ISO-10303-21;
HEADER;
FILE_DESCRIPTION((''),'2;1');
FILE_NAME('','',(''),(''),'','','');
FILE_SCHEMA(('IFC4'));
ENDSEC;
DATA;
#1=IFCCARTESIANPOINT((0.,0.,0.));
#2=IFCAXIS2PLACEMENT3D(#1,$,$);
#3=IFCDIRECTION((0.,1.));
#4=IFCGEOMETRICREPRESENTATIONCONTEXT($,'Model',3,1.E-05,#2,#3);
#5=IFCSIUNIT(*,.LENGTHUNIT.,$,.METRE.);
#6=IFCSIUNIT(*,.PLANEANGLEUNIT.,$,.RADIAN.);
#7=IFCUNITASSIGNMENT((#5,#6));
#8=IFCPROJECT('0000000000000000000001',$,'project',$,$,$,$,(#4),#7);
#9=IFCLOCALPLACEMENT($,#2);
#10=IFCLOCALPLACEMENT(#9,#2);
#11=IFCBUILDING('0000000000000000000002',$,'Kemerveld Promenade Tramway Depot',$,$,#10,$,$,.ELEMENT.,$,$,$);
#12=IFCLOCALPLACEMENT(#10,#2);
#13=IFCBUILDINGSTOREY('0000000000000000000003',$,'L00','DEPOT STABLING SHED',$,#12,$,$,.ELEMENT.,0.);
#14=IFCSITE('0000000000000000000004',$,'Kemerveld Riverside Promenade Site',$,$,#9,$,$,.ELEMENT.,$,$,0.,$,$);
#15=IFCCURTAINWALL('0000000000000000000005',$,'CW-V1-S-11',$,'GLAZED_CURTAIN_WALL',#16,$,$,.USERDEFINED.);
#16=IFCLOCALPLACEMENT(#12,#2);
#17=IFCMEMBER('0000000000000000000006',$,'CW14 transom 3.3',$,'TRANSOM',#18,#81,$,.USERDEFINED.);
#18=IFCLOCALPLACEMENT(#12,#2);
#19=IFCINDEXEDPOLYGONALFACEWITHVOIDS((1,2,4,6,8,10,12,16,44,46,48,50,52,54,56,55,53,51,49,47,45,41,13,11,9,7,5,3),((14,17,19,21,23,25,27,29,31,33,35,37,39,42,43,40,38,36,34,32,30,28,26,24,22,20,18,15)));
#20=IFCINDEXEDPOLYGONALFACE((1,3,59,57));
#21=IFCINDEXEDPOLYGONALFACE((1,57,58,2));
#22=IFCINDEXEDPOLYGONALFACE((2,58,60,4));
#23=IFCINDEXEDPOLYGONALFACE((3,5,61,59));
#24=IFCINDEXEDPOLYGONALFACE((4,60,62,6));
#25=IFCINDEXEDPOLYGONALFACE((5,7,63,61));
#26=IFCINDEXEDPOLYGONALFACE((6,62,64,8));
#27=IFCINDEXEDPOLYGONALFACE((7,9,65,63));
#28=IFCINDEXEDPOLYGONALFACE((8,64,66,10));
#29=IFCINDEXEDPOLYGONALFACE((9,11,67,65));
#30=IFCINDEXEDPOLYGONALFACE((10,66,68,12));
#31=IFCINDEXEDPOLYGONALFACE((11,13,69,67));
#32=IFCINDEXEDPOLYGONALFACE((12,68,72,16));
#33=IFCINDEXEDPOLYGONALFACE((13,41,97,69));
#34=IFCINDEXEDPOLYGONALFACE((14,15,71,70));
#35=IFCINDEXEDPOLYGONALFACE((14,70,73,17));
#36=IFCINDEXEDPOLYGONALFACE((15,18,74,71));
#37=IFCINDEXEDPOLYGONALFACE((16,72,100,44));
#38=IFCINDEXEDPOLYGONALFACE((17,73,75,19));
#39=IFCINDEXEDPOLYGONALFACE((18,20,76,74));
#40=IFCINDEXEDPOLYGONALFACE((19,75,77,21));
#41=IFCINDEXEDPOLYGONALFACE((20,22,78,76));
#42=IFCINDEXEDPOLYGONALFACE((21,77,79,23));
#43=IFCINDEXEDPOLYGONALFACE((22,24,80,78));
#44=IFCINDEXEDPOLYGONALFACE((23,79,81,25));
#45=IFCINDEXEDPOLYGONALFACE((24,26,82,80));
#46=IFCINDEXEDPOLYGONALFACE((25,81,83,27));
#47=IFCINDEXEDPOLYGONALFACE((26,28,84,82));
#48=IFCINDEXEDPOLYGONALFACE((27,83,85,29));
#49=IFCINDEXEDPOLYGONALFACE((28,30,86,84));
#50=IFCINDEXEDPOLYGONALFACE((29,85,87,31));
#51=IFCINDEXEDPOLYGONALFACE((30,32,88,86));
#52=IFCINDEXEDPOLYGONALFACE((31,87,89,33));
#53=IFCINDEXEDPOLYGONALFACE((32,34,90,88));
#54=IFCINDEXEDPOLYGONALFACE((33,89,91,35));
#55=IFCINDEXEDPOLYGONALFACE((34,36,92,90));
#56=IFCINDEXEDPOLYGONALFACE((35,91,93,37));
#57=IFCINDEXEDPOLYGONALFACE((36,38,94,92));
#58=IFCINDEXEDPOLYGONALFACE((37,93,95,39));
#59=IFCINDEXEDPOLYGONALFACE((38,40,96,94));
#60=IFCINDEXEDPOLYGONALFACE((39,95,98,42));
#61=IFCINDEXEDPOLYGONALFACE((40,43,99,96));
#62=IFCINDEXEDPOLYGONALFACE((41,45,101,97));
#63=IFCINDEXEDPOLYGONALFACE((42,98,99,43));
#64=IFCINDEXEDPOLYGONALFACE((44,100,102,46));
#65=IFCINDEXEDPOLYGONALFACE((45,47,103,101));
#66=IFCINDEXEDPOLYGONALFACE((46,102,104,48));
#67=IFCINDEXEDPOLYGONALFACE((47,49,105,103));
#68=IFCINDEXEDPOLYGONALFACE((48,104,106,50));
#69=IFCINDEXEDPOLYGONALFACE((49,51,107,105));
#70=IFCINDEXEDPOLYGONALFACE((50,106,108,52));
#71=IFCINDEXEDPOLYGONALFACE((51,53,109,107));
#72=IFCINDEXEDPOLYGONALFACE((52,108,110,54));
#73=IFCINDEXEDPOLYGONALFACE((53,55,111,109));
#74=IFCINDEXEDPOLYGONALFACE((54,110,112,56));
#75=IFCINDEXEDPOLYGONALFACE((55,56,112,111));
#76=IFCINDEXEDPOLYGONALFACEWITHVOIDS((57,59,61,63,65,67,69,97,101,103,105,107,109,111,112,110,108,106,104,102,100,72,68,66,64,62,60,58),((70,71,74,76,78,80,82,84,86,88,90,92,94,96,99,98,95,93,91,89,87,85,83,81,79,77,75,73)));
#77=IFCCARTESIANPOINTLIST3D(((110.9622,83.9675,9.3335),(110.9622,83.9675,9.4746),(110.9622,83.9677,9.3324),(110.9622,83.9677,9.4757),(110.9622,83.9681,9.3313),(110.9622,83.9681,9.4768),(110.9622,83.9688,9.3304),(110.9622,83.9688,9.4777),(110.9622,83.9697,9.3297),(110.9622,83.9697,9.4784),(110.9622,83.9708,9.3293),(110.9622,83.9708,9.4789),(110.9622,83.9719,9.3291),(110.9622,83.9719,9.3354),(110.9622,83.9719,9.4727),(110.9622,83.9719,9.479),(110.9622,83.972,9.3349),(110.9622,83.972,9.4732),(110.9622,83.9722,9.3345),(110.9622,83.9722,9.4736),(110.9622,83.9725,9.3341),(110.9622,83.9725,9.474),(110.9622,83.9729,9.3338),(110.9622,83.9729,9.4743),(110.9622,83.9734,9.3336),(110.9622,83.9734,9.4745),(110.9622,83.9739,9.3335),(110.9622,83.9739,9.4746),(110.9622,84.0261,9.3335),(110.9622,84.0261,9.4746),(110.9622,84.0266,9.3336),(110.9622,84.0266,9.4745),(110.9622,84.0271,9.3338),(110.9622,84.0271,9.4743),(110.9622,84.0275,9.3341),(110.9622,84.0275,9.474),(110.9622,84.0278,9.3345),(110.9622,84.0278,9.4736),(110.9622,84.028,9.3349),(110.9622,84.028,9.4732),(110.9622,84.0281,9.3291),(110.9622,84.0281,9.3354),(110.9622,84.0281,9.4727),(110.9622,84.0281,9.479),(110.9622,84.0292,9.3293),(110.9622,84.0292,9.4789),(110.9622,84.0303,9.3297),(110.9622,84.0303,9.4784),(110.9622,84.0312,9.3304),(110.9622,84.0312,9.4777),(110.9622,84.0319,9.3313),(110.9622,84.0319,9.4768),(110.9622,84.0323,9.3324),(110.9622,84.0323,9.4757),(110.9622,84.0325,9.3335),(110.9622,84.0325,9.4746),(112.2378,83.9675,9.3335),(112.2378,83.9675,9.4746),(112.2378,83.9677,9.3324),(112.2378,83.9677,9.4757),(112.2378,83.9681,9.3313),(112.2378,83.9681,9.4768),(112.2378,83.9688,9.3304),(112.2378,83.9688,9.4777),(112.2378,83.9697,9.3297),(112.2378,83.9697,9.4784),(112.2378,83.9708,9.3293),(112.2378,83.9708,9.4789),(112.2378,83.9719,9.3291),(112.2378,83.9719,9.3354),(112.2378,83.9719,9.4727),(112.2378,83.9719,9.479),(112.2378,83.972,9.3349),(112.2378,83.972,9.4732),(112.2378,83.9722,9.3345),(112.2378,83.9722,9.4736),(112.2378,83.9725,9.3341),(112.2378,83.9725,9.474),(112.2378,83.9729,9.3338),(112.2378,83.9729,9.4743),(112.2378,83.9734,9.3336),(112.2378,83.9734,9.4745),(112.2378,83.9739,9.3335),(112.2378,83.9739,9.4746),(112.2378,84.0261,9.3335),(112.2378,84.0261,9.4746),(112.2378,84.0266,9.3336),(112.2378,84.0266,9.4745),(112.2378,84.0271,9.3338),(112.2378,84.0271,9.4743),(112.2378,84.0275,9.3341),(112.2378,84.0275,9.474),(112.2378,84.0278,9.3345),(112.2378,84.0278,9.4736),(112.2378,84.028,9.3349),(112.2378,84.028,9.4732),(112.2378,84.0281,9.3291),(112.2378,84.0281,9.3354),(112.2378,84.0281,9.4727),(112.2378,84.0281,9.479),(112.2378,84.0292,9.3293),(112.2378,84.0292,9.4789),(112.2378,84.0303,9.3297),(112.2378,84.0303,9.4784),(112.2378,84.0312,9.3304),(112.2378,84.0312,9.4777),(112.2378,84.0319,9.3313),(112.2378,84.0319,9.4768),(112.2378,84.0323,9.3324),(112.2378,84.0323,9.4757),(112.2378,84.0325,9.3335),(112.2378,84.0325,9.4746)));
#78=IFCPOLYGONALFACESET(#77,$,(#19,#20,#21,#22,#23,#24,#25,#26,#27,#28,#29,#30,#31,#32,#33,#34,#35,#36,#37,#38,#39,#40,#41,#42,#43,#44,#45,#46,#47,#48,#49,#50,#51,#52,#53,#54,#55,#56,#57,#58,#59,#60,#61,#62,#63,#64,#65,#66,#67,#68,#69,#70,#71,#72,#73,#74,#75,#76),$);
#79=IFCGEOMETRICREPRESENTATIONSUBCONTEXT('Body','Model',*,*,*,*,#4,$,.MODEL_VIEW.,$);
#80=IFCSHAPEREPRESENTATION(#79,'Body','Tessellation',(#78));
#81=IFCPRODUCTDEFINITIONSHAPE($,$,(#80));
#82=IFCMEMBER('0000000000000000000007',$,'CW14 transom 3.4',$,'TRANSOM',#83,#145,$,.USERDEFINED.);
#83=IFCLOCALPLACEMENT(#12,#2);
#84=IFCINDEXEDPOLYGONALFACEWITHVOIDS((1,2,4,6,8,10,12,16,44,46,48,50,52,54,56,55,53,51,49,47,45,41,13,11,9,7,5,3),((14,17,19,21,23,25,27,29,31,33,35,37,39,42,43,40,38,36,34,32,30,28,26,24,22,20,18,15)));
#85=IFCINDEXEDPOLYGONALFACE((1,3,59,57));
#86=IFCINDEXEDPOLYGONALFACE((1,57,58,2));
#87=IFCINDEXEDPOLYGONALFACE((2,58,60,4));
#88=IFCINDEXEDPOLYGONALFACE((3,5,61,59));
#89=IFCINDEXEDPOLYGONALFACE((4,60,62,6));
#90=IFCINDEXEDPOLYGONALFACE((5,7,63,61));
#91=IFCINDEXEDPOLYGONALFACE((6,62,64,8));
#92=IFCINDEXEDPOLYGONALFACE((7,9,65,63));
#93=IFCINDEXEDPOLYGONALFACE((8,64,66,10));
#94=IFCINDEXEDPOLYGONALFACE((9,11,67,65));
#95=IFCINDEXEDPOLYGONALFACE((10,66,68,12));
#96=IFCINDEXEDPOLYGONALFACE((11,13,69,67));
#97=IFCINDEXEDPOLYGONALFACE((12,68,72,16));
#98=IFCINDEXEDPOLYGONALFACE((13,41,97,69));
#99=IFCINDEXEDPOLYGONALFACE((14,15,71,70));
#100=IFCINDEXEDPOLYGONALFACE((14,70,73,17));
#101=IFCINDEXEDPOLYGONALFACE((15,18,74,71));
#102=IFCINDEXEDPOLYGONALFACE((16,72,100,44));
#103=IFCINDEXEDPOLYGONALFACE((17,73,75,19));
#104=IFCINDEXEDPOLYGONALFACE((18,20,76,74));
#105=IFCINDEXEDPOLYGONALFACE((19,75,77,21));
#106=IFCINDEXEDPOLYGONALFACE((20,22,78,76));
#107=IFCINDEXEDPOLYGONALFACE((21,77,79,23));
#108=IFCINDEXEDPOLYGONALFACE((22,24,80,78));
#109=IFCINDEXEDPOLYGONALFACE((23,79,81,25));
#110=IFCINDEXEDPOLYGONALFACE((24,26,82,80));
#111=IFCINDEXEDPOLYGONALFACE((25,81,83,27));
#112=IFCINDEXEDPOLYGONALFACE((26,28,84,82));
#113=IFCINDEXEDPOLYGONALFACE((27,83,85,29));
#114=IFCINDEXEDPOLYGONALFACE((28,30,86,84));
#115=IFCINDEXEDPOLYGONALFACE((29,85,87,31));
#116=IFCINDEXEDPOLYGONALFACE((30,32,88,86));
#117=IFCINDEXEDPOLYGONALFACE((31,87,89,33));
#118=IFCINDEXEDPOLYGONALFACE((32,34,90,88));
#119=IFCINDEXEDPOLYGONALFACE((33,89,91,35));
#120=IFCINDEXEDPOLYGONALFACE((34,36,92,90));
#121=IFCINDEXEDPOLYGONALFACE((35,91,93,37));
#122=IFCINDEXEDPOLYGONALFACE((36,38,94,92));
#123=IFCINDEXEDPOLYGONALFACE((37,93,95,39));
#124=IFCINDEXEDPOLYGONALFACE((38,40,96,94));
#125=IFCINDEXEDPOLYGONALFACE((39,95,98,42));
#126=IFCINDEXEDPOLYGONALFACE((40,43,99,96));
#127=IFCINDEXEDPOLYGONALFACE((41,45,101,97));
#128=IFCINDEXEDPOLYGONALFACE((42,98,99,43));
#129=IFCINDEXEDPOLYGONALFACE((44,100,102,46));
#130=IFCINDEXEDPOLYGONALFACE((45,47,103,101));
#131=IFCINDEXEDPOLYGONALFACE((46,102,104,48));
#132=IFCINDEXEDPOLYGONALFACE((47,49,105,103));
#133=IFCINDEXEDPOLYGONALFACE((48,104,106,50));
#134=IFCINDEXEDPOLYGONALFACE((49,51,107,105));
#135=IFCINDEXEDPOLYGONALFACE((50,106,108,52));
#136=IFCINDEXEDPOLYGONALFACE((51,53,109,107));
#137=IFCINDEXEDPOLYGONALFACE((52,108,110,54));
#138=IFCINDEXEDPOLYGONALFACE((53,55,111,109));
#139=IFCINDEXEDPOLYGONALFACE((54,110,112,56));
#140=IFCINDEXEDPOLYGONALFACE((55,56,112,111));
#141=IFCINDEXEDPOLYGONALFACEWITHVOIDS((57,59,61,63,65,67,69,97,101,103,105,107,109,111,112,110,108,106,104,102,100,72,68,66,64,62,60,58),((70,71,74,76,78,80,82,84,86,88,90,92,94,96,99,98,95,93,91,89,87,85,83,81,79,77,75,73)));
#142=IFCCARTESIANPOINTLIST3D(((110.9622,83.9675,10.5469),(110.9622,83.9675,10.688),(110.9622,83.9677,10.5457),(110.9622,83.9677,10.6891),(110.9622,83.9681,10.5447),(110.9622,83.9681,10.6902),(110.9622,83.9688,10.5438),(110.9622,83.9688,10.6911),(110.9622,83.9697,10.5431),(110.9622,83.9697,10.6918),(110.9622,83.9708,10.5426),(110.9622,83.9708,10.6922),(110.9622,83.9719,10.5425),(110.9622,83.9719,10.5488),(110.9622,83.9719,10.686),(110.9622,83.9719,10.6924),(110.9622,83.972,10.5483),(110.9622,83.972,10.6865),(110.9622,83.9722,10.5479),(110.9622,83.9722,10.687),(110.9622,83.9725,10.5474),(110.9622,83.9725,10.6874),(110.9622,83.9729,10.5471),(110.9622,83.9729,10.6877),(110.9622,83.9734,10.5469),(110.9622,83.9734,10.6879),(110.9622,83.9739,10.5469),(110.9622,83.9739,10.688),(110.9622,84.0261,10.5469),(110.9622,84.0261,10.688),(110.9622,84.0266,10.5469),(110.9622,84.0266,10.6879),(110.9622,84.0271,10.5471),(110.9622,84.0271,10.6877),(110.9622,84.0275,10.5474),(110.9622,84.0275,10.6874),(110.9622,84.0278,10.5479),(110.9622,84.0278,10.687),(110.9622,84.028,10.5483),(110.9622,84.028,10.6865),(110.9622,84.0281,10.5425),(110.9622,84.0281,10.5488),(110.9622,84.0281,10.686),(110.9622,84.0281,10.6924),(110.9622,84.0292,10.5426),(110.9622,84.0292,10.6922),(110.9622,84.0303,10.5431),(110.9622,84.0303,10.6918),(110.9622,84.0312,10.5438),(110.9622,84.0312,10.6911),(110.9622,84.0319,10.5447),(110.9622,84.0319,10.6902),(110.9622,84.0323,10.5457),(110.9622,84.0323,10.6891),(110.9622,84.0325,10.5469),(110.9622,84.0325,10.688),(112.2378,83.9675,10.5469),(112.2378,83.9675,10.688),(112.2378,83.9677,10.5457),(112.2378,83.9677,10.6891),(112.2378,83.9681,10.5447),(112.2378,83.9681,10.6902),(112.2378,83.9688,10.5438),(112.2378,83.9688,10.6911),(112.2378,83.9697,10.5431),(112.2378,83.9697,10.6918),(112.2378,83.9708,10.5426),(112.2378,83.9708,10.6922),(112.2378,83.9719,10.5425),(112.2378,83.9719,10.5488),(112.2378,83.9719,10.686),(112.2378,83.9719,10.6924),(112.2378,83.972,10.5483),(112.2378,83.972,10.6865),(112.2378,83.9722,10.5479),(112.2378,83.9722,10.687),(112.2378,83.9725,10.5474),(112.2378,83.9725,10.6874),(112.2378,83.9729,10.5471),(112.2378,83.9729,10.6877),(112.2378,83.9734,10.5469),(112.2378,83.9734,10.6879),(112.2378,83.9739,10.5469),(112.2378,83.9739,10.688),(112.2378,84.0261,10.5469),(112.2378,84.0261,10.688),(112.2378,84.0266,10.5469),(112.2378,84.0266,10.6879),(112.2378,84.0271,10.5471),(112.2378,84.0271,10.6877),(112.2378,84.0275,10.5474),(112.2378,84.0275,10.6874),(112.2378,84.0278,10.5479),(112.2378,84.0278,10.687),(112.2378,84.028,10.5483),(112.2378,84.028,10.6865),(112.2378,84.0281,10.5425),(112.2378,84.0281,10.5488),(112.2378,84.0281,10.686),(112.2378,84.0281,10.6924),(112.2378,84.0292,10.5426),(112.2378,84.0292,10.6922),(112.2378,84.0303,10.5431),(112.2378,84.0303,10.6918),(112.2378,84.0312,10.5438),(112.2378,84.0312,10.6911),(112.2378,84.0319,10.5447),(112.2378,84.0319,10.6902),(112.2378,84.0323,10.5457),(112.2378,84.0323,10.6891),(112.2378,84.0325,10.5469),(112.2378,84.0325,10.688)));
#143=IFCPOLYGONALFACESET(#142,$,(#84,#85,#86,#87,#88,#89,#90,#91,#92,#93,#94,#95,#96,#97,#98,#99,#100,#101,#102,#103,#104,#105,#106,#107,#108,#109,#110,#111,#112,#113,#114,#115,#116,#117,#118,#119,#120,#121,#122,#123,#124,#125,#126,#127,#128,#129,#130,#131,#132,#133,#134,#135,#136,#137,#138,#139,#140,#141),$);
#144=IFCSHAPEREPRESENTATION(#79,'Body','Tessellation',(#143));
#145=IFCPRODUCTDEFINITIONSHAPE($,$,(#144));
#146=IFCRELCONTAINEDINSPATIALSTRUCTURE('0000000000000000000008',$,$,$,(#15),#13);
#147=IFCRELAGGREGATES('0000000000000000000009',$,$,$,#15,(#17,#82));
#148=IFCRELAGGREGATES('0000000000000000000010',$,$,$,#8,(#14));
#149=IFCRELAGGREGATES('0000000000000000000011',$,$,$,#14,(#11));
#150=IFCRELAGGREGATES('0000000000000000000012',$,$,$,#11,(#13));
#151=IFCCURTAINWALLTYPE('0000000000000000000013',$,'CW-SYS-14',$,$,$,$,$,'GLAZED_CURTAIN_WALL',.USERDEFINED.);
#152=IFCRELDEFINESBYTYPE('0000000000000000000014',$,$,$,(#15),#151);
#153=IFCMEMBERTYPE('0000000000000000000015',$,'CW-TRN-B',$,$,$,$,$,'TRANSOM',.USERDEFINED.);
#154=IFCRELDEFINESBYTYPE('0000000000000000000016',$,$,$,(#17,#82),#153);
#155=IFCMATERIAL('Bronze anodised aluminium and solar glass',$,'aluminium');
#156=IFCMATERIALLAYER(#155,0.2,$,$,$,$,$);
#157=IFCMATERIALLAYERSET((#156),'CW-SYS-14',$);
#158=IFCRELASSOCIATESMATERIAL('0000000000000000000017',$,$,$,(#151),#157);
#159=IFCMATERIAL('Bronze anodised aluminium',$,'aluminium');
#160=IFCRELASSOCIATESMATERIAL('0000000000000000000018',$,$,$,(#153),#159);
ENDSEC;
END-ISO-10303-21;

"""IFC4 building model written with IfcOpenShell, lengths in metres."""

from ifc_helpers import new_model, si_unit, direction, frame, origin, origin_2d, place, context, subcontext, project, spatial, hollow_rectangle, extrude, material, layer, layer_set, material_profile, profile_set, type_object, element, aggregate, save


model = new_model("IFC4")

# Units and contexts
model_context = context("Model", 3, precision=1e-05, world=origin(), true_north=direction((0.0, 1.0)))
body_context = subcontext(model_context, "Body", "Model", "MODEL_VIEW")
ifc_project = project(units=[si_unit("LENGTHUNIT", "METRE"), si_unit("PLANEANGLEUNIT", "RADIAN")], contexts=[model_context])

# Site, building, storey
site_placement = place(None, origin())
site = spatial("IfcSite", under=ifc_project, at=site_placement, Name="Kemerveld Riverside Promenade Site", CompositionType="ELEMENT", RefElevation=0.0)
building_placement = place(site_placement, origin())
building = spatial("IfcBuilding", under=site, at=building_placement, Name="Kemerveld Promenade Tramway Depot", CompositionType="ELEMENT")
storey_placement = place(building_placement, origin())
storey = spatial("IfcBuildingStorey", under=building, at=storey_placement, Name="L00", Description="DEPOT STABLING SHED", CompositionType="ELEMENT", Elevation=0.0)

# Curtain wall, members
ifc_material_1 = material(Name="Bronze anodised aluminium and solar glass", Category="aluminium")
ifc_material_2 = material(Name="Bronze anodised aluminium", Category="aluminium")
ifc_layer_1 = layer(ifc_material_1, 0.2)
ifc_layer_set_1 = layer_set([ifc_layer_1], Name="CW-SYS-14")
curtain_wall_type_1 = type_object("IfcCurtainWallType", Name="CW-SYS-14", ElementType="GLAZED_CURTAIN_WALL", PredefinedType="USERDEFINED", material=ifc_layer_set_1)
curtain_wall_1_placement = place(storey_placement, origin())
curtain_wall_1 = element("IfcCurtainWall", 1, at=curtain_wall_1_placement, inside=storey, type_object=curtain_wall_type_1, Name="CW-V1-S-11", ObjectType="GLAZED_CURTAIN_WALL", PredefinedType="USERDEFINED")
ifc_material_profile_1 = material_profile(ifc_material_2, hollow_rectangle(XDim=0.0649, YDim=0.1499, WallThickness=0.0044, InnerFilletRadius=0.002, OuterFilletRadius=0.0044, at=origin_2d()), Name="CW-TRN-150x65")
ifc_profile_set_1 = profile_set([ifc_material_profile_1], Name="Bronze anodised aluminium")
member_type_1 = type_object("IfcMemberType", Name="CW-TRN-B", ElementType="TRANSOM", PredefinedType="USERDEFINED", material=ifc_profile_set_1)
member_1_placement = place(storey_placement, frame((112.2378, 84.0, 9.4041), z_axis=(-1.0, 0.0, 0.0), x_axis=(0.0, -1.0, 0.0)))
member_1 = element("IfcMember", 2, at=member_1_placement, type_object=member_type_1, Name="CW14 transom 3.3", ObjectType="TRANSOM", PredefinedType="USERDEFINED", context=body_context, shape_type="SweptSolid", body=[
    extrude(hollow_rectangle(XDim=0.0649, YDim=0.1499, WallThickness=0.0044, InnerFilletRadius=0.002, OuterFilletRadius=0.0044, at=origin_2d()), origin(), (0.0, 0.0, 1.0), 1.2756),
])
member_2_placement = place(storey_placement, frame((112.2378, 84.0, 10.6174), z_axis=(-1.0, 0.0, 0.0), x_axis=(0.0, -1.0, 0.0)))
member_2 = element("IfcMember", 3, at=member_2_placement, type_object=member_type_1, Name="CW14 transom 3.4", ObjectType="TRANSOM", PredefinedType="USERDEFINED", context=body_context, shape_type="SweptSolid", body=[
    extrude(hollow_rectangle(XDim=0.0649, YDim=0.1499, WallThickness=0.0044, InnerFilletRadius=0.002, OuterFilletRadius=0.0044, at=origin_2d()), origin(), (0.0, 0.0, 1.0), 1.2756),
])

aggregate(curtain_wall_1, [member_1, member_2])

save(model, "model.ifc")
